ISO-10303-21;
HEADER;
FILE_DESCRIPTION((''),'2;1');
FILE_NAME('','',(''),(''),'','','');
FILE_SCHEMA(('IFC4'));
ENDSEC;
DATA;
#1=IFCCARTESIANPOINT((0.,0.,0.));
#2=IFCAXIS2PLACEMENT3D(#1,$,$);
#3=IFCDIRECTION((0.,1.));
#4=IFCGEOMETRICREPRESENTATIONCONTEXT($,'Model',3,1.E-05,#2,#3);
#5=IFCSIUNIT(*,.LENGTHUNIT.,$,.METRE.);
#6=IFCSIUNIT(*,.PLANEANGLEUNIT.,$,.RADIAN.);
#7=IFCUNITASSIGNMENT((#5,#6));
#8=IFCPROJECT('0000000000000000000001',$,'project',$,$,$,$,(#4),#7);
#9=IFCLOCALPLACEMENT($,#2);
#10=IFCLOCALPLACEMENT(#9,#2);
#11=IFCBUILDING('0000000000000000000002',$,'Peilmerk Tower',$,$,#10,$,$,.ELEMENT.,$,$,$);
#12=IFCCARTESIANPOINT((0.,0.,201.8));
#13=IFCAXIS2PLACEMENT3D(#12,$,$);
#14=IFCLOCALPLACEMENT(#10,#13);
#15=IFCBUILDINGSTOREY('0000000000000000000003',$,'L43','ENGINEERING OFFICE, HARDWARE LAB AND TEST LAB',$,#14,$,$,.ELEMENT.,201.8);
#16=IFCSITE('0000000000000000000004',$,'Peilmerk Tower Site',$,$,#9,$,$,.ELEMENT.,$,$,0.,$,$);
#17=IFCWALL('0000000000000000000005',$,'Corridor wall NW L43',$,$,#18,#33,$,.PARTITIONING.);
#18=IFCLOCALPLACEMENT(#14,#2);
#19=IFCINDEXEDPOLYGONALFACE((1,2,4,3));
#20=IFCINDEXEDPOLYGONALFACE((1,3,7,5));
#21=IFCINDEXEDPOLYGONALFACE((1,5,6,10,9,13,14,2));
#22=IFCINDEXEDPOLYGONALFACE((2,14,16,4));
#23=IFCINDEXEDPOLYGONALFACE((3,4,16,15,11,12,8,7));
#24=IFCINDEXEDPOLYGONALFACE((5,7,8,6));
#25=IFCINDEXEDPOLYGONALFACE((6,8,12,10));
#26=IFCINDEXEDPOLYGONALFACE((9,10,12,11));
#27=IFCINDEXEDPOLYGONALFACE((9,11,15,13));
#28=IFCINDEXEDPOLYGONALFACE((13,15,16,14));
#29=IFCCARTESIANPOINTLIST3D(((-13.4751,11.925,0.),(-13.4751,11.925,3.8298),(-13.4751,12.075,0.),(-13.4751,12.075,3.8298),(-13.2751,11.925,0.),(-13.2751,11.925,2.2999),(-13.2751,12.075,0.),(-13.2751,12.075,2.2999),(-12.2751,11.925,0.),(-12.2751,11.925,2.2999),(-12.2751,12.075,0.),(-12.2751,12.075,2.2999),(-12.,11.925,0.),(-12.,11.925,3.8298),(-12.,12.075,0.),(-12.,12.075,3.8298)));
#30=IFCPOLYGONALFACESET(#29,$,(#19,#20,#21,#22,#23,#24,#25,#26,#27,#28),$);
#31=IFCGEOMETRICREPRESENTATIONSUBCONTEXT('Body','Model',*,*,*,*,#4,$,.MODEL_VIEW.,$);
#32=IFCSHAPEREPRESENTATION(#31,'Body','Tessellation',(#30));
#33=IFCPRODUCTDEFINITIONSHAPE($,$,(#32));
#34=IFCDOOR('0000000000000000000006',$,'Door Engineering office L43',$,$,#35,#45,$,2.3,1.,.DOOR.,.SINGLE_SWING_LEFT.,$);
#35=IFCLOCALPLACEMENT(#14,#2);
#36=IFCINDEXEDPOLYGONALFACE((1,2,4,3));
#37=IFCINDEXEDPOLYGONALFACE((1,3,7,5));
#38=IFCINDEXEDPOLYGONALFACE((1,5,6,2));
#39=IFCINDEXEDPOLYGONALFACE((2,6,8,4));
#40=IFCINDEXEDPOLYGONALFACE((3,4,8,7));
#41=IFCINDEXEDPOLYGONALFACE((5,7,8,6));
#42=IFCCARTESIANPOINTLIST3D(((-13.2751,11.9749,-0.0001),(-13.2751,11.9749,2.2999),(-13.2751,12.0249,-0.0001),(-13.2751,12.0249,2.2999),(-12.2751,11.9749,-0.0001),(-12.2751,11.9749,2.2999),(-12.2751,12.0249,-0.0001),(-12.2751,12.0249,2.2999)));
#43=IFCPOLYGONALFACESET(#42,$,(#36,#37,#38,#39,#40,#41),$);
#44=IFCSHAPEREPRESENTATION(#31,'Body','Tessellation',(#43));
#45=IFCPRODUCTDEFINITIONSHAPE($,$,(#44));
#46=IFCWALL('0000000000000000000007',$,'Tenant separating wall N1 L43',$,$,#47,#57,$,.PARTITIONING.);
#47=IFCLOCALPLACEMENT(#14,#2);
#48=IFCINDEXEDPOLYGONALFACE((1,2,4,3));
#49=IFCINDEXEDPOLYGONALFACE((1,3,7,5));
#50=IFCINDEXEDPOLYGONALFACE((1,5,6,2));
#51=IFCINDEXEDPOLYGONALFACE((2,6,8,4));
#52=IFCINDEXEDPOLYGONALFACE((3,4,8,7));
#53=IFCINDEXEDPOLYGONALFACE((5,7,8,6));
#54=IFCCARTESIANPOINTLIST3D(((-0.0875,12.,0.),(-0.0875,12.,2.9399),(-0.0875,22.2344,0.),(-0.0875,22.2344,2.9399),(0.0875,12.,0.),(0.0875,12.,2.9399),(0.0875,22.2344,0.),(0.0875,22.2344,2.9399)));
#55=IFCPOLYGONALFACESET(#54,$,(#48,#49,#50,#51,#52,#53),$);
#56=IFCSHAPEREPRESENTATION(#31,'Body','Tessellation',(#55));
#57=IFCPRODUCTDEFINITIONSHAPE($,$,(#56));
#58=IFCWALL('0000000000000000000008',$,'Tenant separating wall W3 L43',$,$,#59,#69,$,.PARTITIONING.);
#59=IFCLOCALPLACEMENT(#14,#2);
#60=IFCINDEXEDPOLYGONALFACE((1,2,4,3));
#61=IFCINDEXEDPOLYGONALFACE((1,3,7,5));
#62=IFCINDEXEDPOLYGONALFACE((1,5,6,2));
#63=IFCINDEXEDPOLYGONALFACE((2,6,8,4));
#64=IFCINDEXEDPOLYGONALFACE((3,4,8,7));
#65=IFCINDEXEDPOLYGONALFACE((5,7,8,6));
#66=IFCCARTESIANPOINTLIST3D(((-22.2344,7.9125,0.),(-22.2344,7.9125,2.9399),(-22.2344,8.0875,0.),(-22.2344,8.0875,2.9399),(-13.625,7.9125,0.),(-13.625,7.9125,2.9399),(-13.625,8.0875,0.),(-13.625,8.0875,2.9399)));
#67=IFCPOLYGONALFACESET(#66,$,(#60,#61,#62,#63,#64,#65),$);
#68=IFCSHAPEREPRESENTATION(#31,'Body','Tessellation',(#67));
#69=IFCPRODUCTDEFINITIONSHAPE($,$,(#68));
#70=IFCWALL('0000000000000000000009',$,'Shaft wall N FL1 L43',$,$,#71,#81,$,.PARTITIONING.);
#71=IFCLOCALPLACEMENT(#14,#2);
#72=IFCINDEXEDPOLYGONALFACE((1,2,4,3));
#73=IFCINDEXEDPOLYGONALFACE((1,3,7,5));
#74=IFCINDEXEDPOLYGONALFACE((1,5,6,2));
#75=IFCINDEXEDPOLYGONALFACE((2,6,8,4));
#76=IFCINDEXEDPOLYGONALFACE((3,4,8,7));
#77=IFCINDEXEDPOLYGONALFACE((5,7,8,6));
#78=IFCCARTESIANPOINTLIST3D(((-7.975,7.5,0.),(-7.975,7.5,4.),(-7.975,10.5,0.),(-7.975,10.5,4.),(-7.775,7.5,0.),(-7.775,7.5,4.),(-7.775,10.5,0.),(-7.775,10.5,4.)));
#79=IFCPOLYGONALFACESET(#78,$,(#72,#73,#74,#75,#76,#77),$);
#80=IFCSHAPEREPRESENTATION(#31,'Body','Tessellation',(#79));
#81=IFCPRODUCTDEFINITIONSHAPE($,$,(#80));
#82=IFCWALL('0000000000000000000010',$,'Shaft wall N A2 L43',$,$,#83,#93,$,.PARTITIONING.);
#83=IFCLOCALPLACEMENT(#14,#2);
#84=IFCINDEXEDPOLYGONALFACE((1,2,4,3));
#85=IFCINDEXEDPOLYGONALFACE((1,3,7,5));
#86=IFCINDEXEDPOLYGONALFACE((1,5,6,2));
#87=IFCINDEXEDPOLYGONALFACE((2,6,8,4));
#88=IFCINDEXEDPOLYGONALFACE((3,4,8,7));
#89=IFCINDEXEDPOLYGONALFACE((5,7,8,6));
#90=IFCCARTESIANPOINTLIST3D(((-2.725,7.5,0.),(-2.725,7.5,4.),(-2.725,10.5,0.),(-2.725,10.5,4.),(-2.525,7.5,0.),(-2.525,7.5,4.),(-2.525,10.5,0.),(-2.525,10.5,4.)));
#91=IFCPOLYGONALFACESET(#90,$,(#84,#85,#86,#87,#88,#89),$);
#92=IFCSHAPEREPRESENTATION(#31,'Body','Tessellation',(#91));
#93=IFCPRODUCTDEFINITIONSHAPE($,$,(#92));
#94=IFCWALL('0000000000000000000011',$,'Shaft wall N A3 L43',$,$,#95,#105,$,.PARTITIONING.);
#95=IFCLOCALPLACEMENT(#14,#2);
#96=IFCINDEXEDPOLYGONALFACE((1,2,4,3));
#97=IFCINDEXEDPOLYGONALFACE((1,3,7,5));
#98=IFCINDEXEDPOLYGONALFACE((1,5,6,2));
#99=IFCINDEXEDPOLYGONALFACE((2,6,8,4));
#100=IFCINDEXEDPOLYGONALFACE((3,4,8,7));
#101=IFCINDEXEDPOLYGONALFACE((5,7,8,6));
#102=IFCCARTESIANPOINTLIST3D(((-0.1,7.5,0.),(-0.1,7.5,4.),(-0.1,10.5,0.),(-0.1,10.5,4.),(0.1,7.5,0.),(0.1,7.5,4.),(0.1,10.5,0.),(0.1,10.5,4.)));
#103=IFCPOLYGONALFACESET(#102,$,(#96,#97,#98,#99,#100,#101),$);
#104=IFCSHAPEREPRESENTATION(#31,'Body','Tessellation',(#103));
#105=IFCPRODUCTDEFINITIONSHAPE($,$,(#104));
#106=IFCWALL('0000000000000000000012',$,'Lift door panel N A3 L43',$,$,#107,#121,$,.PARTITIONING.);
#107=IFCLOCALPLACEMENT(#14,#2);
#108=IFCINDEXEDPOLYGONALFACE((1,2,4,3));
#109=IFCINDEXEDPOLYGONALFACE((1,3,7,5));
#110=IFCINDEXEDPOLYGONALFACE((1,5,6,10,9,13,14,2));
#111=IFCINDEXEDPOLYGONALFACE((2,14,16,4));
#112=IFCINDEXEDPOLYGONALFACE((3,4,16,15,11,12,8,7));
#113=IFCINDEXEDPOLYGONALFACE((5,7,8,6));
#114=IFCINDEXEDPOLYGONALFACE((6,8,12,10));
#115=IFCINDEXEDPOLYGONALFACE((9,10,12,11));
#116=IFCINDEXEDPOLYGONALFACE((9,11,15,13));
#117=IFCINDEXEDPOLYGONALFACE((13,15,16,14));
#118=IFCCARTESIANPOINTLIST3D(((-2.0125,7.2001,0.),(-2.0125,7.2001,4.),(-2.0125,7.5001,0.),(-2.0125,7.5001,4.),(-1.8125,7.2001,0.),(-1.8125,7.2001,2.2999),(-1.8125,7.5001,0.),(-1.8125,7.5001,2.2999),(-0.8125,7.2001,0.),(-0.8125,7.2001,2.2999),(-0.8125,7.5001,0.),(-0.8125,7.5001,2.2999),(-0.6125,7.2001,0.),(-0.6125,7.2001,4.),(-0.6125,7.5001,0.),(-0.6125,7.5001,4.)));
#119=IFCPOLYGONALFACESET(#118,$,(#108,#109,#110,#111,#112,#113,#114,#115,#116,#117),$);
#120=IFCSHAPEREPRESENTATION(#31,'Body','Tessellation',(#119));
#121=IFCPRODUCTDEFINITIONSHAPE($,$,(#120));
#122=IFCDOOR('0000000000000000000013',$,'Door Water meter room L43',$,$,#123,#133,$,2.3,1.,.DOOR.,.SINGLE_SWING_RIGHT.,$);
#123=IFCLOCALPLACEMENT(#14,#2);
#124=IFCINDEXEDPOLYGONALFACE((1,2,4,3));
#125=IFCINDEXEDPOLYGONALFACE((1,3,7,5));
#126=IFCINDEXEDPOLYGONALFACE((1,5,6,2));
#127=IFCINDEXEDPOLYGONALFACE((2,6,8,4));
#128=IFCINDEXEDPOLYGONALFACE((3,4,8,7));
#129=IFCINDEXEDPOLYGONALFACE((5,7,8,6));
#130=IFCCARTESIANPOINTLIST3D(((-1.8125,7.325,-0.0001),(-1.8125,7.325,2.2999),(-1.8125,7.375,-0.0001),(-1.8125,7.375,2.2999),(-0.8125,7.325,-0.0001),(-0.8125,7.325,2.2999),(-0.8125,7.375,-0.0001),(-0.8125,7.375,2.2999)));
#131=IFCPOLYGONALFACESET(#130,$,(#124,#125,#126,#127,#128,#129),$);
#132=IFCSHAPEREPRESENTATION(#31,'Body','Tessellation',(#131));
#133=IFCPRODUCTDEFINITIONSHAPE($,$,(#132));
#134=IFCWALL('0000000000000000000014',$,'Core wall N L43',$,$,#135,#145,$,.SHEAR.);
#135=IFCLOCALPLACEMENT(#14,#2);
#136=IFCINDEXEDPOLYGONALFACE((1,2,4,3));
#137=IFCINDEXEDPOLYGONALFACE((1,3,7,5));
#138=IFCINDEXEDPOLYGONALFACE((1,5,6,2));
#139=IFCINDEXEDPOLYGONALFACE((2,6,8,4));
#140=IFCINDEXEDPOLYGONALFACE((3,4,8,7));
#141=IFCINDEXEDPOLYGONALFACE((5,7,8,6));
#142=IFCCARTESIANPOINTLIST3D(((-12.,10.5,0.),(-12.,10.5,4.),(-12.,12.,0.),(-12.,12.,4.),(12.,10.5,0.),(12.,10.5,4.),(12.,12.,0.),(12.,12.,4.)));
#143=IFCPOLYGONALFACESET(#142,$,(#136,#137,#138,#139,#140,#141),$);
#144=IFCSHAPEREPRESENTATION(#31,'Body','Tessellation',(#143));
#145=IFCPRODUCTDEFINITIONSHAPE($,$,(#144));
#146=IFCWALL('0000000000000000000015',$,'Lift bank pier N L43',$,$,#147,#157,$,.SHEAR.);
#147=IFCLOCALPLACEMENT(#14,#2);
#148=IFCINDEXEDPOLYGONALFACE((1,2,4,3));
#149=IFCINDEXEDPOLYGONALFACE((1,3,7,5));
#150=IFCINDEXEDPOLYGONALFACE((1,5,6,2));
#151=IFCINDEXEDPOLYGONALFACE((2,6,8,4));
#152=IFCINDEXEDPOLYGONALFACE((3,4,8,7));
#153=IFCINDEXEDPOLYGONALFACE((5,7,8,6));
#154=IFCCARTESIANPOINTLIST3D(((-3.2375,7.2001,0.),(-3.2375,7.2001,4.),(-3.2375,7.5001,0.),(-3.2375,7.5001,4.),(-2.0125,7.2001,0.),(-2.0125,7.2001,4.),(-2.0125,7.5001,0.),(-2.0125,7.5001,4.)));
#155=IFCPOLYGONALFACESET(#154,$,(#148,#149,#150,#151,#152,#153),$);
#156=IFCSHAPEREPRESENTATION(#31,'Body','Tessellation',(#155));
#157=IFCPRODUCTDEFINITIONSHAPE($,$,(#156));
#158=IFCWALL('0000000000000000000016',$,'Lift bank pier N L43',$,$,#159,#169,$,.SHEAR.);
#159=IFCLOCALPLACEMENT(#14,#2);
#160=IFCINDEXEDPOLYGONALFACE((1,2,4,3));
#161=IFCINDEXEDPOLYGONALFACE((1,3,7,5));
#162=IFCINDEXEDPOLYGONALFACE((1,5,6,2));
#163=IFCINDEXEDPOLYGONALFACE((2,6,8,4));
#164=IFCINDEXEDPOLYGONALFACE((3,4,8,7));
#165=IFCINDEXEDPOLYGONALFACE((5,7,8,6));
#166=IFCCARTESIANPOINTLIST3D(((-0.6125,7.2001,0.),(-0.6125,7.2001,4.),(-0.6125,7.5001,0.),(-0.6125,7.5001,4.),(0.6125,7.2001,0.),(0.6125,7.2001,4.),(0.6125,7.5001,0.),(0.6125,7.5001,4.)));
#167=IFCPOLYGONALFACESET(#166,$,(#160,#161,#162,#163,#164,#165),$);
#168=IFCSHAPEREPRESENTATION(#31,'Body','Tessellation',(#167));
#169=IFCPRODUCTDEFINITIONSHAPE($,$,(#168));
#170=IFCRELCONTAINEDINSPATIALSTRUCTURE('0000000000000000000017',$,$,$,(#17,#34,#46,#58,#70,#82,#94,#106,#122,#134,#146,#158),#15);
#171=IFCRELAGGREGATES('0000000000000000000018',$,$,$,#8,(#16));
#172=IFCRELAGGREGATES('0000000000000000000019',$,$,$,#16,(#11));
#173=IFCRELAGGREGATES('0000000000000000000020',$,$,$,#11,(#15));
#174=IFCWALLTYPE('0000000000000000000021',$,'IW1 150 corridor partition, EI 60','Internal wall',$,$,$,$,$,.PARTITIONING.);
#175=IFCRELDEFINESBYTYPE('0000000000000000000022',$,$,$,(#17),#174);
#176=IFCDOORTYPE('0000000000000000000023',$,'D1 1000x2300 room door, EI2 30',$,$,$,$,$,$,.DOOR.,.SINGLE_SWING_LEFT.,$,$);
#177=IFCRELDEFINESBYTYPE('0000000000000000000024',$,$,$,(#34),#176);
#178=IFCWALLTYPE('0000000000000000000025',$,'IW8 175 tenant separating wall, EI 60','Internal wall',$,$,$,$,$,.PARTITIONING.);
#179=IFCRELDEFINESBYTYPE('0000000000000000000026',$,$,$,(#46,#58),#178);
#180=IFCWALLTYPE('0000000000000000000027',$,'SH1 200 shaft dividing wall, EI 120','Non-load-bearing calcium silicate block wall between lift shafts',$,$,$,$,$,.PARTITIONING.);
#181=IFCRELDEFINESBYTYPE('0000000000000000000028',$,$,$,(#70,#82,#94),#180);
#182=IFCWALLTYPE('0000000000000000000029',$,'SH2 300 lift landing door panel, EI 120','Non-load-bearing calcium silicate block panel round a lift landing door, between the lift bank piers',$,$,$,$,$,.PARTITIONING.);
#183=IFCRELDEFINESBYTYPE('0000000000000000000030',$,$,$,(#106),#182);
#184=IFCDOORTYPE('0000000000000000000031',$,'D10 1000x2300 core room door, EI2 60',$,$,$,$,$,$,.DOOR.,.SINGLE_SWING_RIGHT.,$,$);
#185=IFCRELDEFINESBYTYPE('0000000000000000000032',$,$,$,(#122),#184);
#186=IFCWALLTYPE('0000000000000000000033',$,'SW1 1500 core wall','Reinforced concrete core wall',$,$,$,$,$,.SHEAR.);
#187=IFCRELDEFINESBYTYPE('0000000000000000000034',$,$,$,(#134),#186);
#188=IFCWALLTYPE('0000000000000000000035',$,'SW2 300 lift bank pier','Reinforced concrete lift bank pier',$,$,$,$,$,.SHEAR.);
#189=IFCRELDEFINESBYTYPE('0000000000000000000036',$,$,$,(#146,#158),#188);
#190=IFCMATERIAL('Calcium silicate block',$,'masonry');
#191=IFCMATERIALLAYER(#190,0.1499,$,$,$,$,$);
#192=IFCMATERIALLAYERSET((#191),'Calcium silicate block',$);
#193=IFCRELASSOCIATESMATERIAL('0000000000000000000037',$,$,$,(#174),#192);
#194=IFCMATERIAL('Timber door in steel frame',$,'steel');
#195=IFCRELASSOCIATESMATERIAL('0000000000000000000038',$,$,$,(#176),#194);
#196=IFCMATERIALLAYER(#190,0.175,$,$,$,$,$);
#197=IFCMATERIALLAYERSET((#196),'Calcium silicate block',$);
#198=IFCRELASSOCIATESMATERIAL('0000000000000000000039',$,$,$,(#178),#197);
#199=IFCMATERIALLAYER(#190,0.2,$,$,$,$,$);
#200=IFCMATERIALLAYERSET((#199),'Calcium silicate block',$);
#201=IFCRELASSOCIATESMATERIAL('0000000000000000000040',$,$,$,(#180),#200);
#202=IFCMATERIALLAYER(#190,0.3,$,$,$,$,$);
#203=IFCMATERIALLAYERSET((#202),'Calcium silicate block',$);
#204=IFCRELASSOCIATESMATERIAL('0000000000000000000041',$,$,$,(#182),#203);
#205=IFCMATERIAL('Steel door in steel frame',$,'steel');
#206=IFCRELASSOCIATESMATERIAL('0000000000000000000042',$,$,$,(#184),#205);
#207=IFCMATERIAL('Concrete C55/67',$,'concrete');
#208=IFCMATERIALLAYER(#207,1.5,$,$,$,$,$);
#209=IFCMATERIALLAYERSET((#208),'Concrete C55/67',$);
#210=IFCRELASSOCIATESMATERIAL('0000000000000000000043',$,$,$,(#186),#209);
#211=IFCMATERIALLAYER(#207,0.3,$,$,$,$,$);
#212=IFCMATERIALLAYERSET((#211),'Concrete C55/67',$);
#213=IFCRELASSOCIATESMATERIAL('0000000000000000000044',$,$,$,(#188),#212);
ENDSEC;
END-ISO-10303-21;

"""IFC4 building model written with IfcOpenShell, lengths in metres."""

from ifc_helpers import new_model, si_unit, direction, frame, frame_2d, origin, place, context, subcontext, project, spatial, rectangle, extrude, material, layer, layer_set, type_object, element, fill, save


model = new_model("IFC4")

# Units and contexts
model_context = context("Model", 3, precision=1e-05, world=origin(), true_north=direction((0.0, 1.0)))
body_context = subcontext(model_context, "Body", "Model", "MODEL_VIEW")
ifc_project = project(units=[si_unit("LENGTHUNIT", "METRE"), si_unit("PLANEANGLEUNIT", "RADIAN")], contexts=[model_context])

# Site, building, storey
site_placement = place(None, origin())
site = spatial("IfcSite", under=ifc_project, at=site_placement, Name="Peilmerk Tower Site", CompositionType="ELEMENT", RefElevation=0.0)
building_placement = place(site_placement, origin())
building = spatial("IfcBuilding", under=site, at=building_placement, Name="Peilmerk Tower", CompositionType="ELEMENT")
storey_placement = place(building_placement, frame((0.0, 0.0, 201.8)))
storey = spatial("IfcBuildingStorey", under=building, at=storey_placement, Name="L43", Description="ENGINEERING OFFICE, HARDWARE LAB AND TEST LAB", CompositionType="ELEMENT", Elevation=201.8)

# Shared definitions
ifc_material_1 = material(Name="Calcium silicate block", Category="masonry")
ifc_layer_1 = layer(ifc_material_1, 0.1499)
ifc_layer_set_1 = layer_set([ifc_layer_1], Name="Calcium silicate block")
wall_type_1 = type_object("IfcWallType", Name="IW1 150 corridor partition, EI 60", Description="Internal wall", PredefinedType="PARTITIONING", material=ifc_layer_set_1)
ifc_material_2 = material(Name="Timber door in steel frame", Category="steel")
door_type_1 = type_object("IfcDoorType", Name="D1 1000x2300 room door, EI2 30", OperationType="SINGLE_SWING_LEFT", PredefinedType="DOOR", material=ifc_material_2)

# Wall, opening, door
wall_1_placement = place(storey_placement, frame((-13.4751, 12.0, 0.0), z_axis=(0.0, 0.0, 1.0), x_axis=(1.0, 0.0, 0.0)))
wall_1 = element("IfcWall", 1, at=wall_1_placement, inside=storey, type_object=wall_type_1, Name="Corridor wall NW L43", PredefinedType="PARTITIONING", context=body_context, shape_type="SweptSolid", body=[
    extrude(rectangle(XDim=1.4751, YDim=0.1499, at=frame_2d((0.7375, 0.0))), origin(), (0.0, 0.0, 1.0), 3.8298),
])
opening_1_placement = place(wall_1_placement, frame((0.2, 0.0, 0.0)))
opening_1 = element("IfcOpeningElement", 2, at=opening_1_placement, cuts=wall_1, PredefinedType="OPENING", context=body_context, shape_type="SweptSolid", body=[
    extrude(rectangle(XDim=1.0, YDim=2.3, at=frame_2d((0.5, 1.1499))), frame((0.0, 0.085, 0.0), z_axis=(0.0, -1.0, 0.0), x_axis=(1.0, 0.0, 0.0)), (0.0, 0.0, 1.0), 0.1699),
])
door_1_placement = place(opening_1_placement, origin())
door_1 = element("IfcDoor", 3, at=door_1_placement, inside=storey, type_object=door_type_1, Name="Door Engineering office L43", OperationType="SINGLE_SWING_LEFT", OverallHeight=2.3, OverallWidth=1.0, PredefinedType="DOOR", context=body_context, shape_type="SweptSolid", body=[
    extrude(rectangle(XDim=1.0, YDim=2.3, at=frame_2d((0.5, 1.1499))), frame((0.0, 0.0249, 0.0), z_axis=(0.0, -1.0, 0.0), x_axis=(1.0, 0.0, 0.0)), (0.0, 0.0, 1.0), 0.05),
])
fill(opening_1, door_1)

# Walls
ifc_layer_2 = layer(ifc_material_1, 0.175)
ifc_layer_set_2 = layer_set([ifc_layer_2], Name="Calcium silicate block")
wall_type_2 = type_object("IfcWallType", Name="IW8 175 tenant separating wall, EI 60", Description="Internal wall", PredefinedType="PARTITIONING", material=ifc_layer_set_2)
wall_2_placement = place(storey_placement, frame((0.0, 12.0, 0.0), z_axis=(0.0, 0.0, 1.0), x_axis=(0.0, 1.0, 0.0)))
element("IfcWall", 4, at=wall_2_placement, inside=storey, type_object=wall_type_2, Name="Tenant separating wall N1 L43", PredefinedType="PARTITIONING", context=body_context, shape_type="SweptSolid", body=[
    extrude(rectangle(XDim=10.2344, YDim=0.175, at=frame_2d((5.1172, 0.0))), origin(), (0.0, 0.0, 1.0), 2.9399),
])
wall_3_placement = place(storey_placement, frame((-13.625, 8.0, 0.0), z_axis=(0.0, 0.0, 1.0), x_axis=(-1.0, 0.0, 0.0)))
element("IfcWall", 5, at=wall_3_placement, inside=storey, type_object=wall_type_2, Name="Tenant separating wall W3 L43", PredefinedType="PARTITIONING", context=body_context, shape_type="SweptSolid", body=[
    extrude(rectangle(XDim=8.6094, YDim=0.175, at=frame_2d((4.3047, 0.0))), origin(), (0.0, 0.0, 1.0), 2.9399),
])
ifc_layer_3 = layer(ifc_material_1, 0.2)
ifc_layer_set_3 = layer_set([ifc_layer_3], Name="Calcium silicate block")
wall_type_3 = type_object("IfcWallType", Name="SH1 200 shaft dividing wall, EI 120", Description="Non-load-bearing calcium silicate block wall between lift shafts", PredefinedType="PARTITIONING", material=ifc_layer_set_3)
for number, where, z_axis, x_axis, name in (
    (6, (-7.875, 7.5, 0.0), (0.0, 0.0, 1.0), (0.0, 1.0, 0.0), "Shaft wall N FL1 L43"),
    (7, (-2.625, 7.5, 0.0), (0.0, 0.0, 1.0), (0.0, 1.0, 0.0), "Shaft wall N A2 L43"),
    (8, (0.0, 7.5, 0.0), (0.0, 0.0, 1.0), (0.0, 1.0, 0.0), "Shaft wall N A3 L43"),
):
    element("IfcWall", number, at=place(storey_placement, frame(where, z_axis=z_axis, x_axis=x_axis)), inside=storey, type_object=wall_type_3, Name=name, PredefinedType="PARTITIONING", context=body_context, shape_type="SweptSolid", body=[
        extrude(rectangle(XDim=3.0, YDim=0.2, at=frame_2d((1.5, 0.0))), origin(), (0.0, 0.0, 1.0), 4.0),
    ])

# Wall, opening, door
ifc_layer_4 = layer(ifc_material_1, 0.3)
ifc_layer_set_4 = layer_set([ifc_layer_4], Name="Calcium silicate block")
wall_type_4 = type_object("IfcWallType", Name="SH2 300 lift landing door panel, EI 120", Description="Non-load-bearing calcium silicate block panel round a lift landing door, between the lift bank piers", PredefinedType="PARTITIONING", material=ifc_layer_set_4)
wall_4_placement = place(storey_placement, frame((-2.0125, 7.3501, 0.0), z_axis=(0.0, 0.0, 1.0), x_axis=(1.0, 0.0, 0.0)))
wall_4 = element("IfcWall", 9, at=wall_4_placement, inside=storey, type_object=wall_type_4, Name="Lift door panel N A3 L43", PredefinedType="PARTITIONING", context=body_context, shape_type="SweptSolid", body=[
    extrude(rectangle(XDim=1.3999, YDim=0.3, at=frame_2d((0.7, 0.0))), origin(), (0.0, 0.0, 1.0), 4.0),
])
opening_2_placement = place(wall_4_placement, frame((0.2, 0.0, 0.0)))
opening_2 = element("IfcOpeningElement", 10, at=opening_2_placement, cuts=wall_4, PredefinedType="OPENING", context=body_context, shape_type="SweptSolid", body=[
    extrude(rectangle(XDim=1.0, YDim=2.3, at=frame_2d((0.5, 1.1499))), frame((0.0, 0.1599, 0.0), z_axis=(0.0, -1.0, 0.0), x_axis=(1.0, 0.0, 0.0)), (0.0, 0.0, 1.0), 0.3201),
])
ifc_material_3 = material(Name="Steel door in steel frame", Category="steel")
door_type_2 = type_object("IfcDoorType", Name="D10 1000x2300 core room door, EI2 60", OperationType="SINGLE_SWING_RIGHT", PredefinedType="DOOR", material=ifc_material_3)
door_2_placement = place(opening_2_placement, origin())
door_2 = element("IfcDoor", 11, at=door_2_placement, inside=storey, type_object=door_type_2, Name="Door Water meter room L43", OperationType="SINGLE_SWING_RIGHT", OverallHeight=2.3, OverallWidth=1.0, PredefinedType="DOOR", context=body_context, shape_type="SweptSolid", body=[
    extrude(rectangle(XDim=1.0, YDim=2.3, at=frame_2d((0.5, 1.1499))), frame((0.0, 0.0249, 0.0), z_axis=(0.0, -1.0, 0.0), x_axis=(1.0, 0.0, 0.0)), (0.0, 0.0, 1.0), 0.05),
])
fill(opening_2, door_2)

# Walls
ifc_material_4 = material(Name="Concrete C55/67", Category="concrete")
ifc_layer_5 = layer(ifc_material_4, 1.5)
ifc_layer_set_5 = layer_set([ifc_layer_5], Name="Concrete C55/67")
wall_type_5 = type_object("IfcWallType", Name="SW1 1500 core wall", Description="Reinforced concrete core wall", PredefinedType="SHEAR", material=ifc_layer_set_5)
wall_5_placement = place(storey_placement, frame((-12.0, 11.25, 0.0), z_axis=(0.0, 0.0, 1.0), x_axis=(1.0, 0.0, 0.0)))
element("IfcWall", 12, at=wall_5_placement, inside=storey, type_object=wall_type_5, Name="Core wall N L43", PredefinedType="SHEAR", context=body_context, shape_type="SweptSolid", body=[
    extrude(rectangle(XDim=24.0, YDim=1.5, at=frame_2d((12.0, 0.0))), origin(), (0.0, 0.0, 1.0), 4.0),
])
ifc_layer_6 = layer(ifc_material_4, 0.3)
ifc_layer_set_6 = layer_set([ifc_layer_6], Name="Concrete C55/67")
wall_type_6 = type_object("IfcWallType", Name="SW2 300 lift bank pier", Description="Reinforced concrete lift bank pier", PredefinedType="SHEAR", material=ifc_layer_set_6)
for number, where, z_axis, x_axis, name in (
    (13, (-3.2375, 7.3501, 0.0), (0.0, 0.0, 1.0), (1.0, 0.0, 0.0), "Lift bank pier N L43"),
    (14, (-0.6125, 7.3501, 0.0), (0.0, 0.0, 1.0), (1.0, 0.0, 0.0), "Lift bank pier N L43"),
):
    element("IfcWall", number, at=place(storey_placement, frame(where, z_axis=z_axis, x_axis=x_axis)), inside=storey, type_object=wall_type_6, Name=name, PredefinedType="SHEAR", context=body_context, shape_type="SweptSolid", body=[
        extrude(rectangle(XDim=1.2251, YDim=0.3, at=frame_2d((0.6125, 0.0))), origin(), (0.0, 0.0, 1.0), 4.0),
    ])

save(model, "model.ifc")
